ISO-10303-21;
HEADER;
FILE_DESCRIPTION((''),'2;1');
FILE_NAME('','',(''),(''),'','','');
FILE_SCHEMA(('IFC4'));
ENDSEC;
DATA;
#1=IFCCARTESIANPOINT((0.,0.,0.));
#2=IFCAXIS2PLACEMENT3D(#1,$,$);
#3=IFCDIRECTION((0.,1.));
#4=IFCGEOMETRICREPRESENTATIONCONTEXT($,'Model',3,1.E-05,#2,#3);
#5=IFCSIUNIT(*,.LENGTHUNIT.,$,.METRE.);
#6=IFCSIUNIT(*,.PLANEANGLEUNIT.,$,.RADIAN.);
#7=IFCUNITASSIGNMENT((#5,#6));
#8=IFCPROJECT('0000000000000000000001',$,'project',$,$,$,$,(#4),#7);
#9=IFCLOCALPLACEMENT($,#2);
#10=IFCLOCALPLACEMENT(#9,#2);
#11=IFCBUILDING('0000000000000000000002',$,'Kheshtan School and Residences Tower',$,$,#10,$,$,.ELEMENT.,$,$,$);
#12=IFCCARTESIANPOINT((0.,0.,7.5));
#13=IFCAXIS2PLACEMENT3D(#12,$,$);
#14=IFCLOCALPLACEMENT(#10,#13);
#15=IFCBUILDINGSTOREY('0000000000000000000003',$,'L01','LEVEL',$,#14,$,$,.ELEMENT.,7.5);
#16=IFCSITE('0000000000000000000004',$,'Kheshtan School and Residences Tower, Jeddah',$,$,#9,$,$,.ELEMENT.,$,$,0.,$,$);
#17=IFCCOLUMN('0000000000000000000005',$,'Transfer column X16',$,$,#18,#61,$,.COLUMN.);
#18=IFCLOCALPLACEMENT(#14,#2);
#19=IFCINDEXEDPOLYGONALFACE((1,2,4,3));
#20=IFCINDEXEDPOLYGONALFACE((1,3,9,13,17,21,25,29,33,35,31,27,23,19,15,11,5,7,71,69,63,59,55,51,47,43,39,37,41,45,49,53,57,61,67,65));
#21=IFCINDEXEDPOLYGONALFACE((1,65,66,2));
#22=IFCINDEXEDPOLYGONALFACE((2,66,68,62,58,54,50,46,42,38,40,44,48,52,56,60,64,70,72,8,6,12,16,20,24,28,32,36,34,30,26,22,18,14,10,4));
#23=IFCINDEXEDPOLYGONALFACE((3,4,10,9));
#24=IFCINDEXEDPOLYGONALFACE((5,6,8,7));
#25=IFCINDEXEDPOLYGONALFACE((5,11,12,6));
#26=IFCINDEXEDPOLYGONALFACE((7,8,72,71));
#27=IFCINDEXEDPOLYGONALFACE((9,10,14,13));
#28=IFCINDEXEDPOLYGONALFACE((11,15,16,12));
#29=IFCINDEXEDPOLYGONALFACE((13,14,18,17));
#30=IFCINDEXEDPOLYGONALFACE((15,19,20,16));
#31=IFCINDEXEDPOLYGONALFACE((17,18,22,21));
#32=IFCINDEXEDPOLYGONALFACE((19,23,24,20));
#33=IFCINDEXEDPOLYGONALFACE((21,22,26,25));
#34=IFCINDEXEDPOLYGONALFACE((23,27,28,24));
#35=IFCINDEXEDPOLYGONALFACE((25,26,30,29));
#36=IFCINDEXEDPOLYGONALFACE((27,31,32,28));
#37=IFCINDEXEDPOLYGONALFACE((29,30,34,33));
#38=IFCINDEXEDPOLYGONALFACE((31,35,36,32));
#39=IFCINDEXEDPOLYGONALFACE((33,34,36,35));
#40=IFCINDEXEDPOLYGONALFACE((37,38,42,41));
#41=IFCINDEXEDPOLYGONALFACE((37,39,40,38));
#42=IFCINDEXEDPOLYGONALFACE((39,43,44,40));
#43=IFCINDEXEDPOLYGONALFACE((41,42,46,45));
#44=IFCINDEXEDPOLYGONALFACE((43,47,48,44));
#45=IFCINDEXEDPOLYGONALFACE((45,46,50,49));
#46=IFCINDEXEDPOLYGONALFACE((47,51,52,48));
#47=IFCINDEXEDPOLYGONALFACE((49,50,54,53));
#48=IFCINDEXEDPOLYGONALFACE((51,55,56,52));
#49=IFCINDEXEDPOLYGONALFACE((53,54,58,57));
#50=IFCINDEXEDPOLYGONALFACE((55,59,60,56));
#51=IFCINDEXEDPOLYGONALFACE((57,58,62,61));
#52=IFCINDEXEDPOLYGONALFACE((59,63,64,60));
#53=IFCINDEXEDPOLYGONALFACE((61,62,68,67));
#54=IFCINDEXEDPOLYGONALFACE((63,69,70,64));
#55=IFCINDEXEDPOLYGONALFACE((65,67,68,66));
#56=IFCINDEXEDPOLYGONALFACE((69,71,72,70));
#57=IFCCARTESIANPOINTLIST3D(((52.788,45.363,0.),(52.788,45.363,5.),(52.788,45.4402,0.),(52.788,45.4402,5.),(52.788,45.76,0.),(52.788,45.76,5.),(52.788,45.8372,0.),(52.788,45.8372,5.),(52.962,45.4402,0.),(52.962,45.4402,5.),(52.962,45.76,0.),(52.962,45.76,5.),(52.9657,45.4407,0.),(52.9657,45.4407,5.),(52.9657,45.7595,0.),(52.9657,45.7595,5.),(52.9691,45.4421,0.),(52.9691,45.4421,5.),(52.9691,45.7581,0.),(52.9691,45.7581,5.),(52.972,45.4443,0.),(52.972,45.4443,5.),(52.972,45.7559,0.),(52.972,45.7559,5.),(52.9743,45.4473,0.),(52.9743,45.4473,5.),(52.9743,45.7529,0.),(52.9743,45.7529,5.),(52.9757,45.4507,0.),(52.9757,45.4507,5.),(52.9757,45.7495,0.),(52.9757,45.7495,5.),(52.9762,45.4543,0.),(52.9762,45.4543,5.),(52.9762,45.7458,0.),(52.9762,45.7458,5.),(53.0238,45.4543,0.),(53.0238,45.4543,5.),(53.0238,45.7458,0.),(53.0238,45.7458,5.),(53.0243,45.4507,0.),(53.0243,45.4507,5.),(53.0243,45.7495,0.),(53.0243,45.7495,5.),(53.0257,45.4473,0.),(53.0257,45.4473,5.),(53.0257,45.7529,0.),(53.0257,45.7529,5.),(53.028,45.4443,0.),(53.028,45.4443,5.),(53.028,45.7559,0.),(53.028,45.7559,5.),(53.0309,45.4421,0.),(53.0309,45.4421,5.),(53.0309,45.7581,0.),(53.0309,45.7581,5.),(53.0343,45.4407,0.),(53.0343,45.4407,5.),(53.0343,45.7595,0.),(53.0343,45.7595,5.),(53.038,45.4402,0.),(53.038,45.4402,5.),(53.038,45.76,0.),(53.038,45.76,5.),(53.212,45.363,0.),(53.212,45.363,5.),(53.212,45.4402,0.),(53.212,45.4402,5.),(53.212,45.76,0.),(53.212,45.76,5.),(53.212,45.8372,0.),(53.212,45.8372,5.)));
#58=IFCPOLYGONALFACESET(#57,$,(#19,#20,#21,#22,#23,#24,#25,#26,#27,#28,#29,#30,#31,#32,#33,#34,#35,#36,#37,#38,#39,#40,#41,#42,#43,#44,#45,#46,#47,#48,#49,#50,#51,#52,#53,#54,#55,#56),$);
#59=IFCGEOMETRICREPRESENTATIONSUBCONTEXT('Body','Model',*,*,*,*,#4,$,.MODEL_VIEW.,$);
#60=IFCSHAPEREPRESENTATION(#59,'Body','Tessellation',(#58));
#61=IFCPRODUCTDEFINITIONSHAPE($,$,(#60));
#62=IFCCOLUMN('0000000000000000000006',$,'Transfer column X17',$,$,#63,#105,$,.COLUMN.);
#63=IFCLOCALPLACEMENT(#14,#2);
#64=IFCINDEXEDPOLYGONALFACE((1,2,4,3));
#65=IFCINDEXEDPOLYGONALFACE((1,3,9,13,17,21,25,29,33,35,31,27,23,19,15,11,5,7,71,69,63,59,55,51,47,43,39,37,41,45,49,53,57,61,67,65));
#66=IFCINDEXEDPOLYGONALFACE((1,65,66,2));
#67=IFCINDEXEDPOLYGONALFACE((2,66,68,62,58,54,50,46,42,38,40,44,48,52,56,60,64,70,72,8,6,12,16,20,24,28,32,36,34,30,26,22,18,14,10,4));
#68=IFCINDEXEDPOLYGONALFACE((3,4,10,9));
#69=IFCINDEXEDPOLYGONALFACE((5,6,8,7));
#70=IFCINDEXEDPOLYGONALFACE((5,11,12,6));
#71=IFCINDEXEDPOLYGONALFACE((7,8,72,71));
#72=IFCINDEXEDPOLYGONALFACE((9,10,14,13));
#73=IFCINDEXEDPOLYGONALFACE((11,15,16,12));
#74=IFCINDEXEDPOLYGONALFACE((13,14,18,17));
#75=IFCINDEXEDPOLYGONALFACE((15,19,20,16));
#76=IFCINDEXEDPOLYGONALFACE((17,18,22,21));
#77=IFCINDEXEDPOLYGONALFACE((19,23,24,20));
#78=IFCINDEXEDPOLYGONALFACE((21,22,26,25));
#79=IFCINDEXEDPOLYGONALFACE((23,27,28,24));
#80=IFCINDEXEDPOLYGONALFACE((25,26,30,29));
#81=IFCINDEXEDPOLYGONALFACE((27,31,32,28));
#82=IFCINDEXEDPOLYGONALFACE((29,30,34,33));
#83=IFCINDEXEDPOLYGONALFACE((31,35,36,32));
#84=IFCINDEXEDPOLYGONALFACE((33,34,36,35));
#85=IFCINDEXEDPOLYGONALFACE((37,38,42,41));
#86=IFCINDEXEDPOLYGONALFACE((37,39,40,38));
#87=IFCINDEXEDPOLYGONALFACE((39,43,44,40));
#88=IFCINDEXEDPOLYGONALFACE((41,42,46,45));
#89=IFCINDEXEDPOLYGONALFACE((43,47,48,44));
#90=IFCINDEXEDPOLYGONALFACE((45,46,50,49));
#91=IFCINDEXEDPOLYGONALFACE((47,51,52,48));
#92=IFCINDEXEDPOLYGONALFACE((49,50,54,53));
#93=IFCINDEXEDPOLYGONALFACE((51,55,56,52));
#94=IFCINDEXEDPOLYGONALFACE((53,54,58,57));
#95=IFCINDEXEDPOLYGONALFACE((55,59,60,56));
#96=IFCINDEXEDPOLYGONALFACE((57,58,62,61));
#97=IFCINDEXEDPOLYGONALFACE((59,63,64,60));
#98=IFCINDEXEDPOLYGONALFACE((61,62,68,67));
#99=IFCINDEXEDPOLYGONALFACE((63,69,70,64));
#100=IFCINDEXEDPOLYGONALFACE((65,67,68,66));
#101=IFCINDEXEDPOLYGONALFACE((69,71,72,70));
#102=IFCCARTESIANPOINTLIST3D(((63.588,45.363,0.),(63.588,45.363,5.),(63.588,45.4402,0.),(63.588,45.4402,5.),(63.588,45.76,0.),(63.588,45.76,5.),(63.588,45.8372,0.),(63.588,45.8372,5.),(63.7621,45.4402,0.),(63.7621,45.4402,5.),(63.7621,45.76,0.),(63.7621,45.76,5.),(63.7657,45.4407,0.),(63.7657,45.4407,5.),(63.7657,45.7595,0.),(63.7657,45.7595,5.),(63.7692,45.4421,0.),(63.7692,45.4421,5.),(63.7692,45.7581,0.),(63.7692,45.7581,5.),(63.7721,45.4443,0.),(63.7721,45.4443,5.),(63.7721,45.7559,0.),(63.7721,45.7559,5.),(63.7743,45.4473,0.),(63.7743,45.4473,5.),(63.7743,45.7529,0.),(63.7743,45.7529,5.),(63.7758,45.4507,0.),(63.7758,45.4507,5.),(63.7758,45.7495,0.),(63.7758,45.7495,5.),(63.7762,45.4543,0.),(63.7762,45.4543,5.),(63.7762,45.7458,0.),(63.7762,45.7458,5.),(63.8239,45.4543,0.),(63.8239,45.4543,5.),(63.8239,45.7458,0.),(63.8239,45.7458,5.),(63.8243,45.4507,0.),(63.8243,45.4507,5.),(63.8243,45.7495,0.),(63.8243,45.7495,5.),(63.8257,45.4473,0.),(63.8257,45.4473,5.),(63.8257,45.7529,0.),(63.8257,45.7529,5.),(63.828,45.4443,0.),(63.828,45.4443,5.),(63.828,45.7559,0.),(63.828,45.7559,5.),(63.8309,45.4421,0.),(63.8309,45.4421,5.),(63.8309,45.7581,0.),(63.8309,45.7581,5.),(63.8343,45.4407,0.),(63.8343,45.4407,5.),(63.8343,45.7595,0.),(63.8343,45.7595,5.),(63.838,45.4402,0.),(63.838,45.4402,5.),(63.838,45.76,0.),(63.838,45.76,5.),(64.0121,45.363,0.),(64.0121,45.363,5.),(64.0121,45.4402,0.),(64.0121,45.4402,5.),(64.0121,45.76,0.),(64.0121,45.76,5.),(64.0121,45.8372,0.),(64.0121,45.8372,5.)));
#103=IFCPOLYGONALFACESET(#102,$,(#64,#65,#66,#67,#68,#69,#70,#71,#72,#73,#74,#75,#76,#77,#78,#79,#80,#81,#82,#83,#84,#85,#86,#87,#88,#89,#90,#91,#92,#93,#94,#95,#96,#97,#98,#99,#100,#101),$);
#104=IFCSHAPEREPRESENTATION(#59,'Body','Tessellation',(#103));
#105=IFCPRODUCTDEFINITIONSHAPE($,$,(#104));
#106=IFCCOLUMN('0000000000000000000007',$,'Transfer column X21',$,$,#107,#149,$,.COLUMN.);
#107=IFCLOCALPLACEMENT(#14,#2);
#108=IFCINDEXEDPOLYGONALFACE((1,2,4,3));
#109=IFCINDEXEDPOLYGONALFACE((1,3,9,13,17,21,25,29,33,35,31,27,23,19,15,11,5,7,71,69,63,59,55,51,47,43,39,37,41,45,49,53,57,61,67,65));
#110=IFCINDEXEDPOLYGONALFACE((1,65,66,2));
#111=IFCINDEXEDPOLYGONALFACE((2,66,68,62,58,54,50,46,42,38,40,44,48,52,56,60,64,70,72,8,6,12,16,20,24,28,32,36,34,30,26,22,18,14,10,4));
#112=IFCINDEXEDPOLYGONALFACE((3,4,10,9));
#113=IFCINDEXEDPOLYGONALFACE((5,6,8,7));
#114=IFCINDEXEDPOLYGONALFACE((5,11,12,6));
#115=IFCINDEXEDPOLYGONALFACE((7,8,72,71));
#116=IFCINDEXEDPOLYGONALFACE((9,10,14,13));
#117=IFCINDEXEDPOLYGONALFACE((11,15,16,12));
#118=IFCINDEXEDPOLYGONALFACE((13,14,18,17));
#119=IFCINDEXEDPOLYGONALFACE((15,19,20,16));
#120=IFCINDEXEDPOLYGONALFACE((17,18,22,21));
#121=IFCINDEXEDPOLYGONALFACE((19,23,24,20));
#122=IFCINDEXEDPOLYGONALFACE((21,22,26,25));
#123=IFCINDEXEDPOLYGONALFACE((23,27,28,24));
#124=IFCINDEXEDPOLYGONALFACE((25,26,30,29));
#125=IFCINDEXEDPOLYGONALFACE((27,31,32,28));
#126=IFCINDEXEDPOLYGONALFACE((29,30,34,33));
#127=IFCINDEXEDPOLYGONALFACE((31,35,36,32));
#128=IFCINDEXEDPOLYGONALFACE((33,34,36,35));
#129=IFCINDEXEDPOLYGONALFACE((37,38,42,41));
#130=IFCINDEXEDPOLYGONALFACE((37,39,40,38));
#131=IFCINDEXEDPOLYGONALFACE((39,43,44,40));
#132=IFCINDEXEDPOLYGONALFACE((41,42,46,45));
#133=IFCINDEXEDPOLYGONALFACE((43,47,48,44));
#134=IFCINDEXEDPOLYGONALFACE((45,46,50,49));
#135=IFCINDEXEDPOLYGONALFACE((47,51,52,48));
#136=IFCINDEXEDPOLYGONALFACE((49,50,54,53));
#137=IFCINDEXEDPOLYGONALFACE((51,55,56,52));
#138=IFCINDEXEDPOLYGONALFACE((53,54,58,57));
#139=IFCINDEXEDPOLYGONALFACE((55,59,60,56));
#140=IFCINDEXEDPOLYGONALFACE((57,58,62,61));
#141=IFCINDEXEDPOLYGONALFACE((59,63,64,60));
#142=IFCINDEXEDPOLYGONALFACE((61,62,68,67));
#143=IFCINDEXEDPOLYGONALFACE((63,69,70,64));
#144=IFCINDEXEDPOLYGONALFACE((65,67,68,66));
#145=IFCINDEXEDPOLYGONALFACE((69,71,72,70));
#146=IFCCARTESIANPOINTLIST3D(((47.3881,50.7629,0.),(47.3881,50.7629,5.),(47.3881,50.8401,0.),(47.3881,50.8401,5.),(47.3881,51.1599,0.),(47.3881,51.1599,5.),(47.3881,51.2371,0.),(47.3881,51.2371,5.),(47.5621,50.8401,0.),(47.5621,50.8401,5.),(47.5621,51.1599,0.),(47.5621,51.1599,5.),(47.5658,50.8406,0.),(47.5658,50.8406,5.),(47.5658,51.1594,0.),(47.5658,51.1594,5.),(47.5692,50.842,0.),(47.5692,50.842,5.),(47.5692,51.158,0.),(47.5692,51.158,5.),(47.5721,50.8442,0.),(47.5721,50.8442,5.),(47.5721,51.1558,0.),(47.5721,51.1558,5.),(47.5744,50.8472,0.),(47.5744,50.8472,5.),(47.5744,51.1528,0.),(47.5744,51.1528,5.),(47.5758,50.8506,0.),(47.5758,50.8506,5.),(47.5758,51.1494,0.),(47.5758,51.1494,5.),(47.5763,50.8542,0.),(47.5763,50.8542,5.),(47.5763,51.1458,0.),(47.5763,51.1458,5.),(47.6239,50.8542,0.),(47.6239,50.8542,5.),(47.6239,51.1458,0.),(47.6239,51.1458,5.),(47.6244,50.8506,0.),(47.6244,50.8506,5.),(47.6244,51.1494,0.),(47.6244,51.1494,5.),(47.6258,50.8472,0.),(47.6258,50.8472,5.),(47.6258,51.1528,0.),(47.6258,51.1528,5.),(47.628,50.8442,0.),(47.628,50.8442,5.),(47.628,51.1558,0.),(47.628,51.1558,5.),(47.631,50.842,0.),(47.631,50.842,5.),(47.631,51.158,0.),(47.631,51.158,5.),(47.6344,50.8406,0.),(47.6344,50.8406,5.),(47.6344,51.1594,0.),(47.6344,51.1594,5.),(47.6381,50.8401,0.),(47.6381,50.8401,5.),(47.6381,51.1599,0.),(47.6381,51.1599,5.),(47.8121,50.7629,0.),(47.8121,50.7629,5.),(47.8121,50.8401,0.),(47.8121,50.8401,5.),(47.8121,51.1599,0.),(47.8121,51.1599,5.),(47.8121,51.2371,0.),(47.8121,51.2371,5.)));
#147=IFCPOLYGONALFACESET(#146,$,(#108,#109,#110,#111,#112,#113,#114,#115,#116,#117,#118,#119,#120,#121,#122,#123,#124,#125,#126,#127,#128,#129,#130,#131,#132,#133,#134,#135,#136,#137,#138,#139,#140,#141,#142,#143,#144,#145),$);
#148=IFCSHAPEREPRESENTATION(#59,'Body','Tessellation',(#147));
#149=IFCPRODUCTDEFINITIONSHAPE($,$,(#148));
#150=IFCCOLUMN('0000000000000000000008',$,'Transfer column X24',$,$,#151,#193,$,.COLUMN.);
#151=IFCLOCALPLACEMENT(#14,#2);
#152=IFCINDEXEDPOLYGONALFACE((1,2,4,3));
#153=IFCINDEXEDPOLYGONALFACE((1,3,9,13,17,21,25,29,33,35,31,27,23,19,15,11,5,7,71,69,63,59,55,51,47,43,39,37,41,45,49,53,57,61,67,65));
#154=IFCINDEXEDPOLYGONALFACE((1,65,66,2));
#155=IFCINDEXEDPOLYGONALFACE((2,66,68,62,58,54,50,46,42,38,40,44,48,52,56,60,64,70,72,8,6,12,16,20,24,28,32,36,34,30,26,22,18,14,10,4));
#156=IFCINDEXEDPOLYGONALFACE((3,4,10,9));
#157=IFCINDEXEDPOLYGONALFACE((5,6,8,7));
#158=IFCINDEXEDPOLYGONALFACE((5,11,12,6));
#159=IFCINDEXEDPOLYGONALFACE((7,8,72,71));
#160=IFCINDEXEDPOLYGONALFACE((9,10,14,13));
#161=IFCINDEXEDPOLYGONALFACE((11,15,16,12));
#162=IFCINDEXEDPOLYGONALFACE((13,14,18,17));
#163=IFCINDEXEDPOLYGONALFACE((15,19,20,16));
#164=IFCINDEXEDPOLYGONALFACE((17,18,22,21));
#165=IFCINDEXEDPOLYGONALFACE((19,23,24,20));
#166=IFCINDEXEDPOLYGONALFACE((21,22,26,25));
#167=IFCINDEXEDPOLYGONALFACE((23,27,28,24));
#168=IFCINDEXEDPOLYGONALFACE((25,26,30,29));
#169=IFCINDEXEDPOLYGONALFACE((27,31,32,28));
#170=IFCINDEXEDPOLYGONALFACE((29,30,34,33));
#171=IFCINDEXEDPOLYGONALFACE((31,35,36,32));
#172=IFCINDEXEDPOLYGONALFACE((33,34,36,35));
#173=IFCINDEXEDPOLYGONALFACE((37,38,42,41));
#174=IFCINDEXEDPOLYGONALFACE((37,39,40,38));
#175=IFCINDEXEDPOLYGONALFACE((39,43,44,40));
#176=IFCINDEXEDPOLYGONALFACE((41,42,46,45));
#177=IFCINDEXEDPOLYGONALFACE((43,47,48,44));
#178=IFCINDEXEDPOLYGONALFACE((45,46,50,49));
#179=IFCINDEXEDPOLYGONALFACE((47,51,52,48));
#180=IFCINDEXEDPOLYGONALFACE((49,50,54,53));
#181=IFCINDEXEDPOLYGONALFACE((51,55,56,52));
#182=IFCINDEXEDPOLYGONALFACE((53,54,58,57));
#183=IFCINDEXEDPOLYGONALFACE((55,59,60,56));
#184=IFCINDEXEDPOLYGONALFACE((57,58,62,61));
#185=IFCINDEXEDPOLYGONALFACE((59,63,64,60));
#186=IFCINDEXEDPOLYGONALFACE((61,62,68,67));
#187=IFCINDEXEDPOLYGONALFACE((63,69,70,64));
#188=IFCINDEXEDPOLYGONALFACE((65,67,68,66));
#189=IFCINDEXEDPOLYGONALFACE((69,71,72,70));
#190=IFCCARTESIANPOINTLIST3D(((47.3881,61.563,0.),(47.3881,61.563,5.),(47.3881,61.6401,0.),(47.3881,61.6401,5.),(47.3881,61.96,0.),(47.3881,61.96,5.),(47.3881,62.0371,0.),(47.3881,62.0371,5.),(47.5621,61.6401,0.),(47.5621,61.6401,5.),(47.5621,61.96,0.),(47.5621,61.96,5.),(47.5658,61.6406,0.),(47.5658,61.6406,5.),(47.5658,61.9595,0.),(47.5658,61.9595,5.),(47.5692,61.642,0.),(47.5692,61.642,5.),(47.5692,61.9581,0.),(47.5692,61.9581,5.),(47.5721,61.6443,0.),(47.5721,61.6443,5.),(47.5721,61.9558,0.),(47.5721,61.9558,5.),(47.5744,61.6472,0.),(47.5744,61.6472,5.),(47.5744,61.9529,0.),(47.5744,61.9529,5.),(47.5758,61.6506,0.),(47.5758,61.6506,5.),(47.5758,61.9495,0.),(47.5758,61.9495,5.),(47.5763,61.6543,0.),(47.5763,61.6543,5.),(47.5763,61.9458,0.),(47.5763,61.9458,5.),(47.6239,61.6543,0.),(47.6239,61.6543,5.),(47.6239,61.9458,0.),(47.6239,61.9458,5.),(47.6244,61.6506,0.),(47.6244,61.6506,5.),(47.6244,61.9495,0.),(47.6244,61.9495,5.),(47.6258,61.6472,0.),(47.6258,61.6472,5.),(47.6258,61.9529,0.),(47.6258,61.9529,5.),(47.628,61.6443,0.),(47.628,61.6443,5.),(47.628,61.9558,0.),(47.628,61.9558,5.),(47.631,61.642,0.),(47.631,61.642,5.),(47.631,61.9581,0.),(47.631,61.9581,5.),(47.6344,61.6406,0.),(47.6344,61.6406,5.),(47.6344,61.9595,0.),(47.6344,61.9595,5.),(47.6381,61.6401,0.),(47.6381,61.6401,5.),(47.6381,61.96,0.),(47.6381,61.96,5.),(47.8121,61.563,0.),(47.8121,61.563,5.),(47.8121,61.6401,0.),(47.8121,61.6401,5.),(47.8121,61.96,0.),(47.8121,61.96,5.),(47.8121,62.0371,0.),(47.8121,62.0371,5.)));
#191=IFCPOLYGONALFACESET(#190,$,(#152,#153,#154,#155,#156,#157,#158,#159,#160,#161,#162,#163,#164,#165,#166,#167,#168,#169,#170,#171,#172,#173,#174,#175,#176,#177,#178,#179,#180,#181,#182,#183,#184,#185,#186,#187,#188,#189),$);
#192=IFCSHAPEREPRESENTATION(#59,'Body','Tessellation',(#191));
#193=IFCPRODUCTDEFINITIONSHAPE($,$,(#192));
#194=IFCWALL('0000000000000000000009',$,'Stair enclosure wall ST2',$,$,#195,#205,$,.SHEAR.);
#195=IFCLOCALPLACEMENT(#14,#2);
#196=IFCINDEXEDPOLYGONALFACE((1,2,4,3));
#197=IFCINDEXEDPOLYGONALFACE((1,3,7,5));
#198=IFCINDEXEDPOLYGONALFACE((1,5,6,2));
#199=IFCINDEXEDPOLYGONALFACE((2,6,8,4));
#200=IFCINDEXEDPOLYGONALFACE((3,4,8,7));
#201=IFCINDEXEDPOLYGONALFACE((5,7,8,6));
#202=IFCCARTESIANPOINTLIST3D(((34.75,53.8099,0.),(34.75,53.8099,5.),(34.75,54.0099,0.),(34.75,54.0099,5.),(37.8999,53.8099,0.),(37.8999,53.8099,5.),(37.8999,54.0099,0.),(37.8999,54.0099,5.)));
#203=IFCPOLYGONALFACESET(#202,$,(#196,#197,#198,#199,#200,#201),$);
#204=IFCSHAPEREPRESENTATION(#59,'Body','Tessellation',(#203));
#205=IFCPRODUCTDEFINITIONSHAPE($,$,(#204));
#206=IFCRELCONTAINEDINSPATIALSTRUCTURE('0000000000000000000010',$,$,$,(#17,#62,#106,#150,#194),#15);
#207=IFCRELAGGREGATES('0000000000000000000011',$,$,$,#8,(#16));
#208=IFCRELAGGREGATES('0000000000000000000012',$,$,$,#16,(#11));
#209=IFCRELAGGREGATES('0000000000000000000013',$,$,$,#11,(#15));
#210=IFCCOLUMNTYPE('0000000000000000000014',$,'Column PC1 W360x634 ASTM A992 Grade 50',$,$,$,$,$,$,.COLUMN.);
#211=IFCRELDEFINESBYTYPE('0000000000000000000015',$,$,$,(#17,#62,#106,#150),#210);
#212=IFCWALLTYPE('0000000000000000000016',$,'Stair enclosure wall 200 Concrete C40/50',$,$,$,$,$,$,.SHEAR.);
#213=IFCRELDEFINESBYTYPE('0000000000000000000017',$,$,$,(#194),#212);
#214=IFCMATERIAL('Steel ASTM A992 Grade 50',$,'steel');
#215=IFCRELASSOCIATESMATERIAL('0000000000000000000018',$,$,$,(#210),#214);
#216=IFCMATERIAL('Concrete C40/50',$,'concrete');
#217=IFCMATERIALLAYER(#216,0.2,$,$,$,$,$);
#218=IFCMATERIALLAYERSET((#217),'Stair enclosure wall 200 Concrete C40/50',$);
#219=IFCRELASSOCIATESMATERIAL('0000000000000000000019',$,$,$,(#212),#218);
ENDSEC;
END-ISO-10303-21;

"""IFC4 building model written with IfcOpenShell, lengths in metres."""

from ifc_helpers import new_model, si_unit, direction, frame, frame_2d, origin, origin_2d, place, context, subcontext, project, spatial, rectangle, i_section, extrude, material, layer, layer_set, material_profile, profile_set, type_object, element, save


model = new_model("IFC4")

# Units and contexts
model_context = context("Model", 3, precision=1e-05, world=origin(), true_north=direction((0.0, 1.0)))
body_context = subcontext(model_context, "Body", "Model", "MODEL_VIEW")
ifc_project = project(units=[si_unit("LENGTHUNIT", "METRE"), si_unit("PLANEANGLEUNIT", "RADIAN")], contexts=[model_context])

# Site, building, storey
site_placement = place(None, origin())
site = spatial("IfcSite", under=ifc_project, at=site_placement, Name="Kheshtan School and Residences Tower, Jeddah", CompositionType="ELEMENT", RefElevation=0.0)
building_placement = place(site_placement, origin())
building = spatial("IfcBuilding", under=site, at=building_placement, Name="Kheshtan School and Residences Tower", CompositionType="ELEMENT")
storey_placement = place(building_placement, frame((0.0, 0.0, 7.5)))
storey = spatial("IfcBuildingStorey", under=building, at=storey_placement, Name="L01", Description="LEVEL", CompositionType="ELEMENT", Elevation=7.5)

# Columns
ifc_material_1 = material(Name="Steel ASTM A992 Grade 50", Category="steel")
ifc_material_profile = material_profile(ifc_material_1, i_section(OverallWidth=0.4241, OverallDepth=0.4741, WebThickness=0.0476, FlangeThickness=0.0771, FilletRadius=0.0142, at=origin_2d()), Name="W360x634")
ifc_profile_set = profile_set([ifc_material_profile], Name="Steel ASTM A992 Grade 50")
column_type = type_object("IfcColumnType", Name="Column PC1 W360x634 ASTM A992 Grade 50", PredefinedType="COLUMN", material=ifc_profile_set)
for number, where, z_axis, x_axis, name in (
    (1, (53.0, 45.6001, 0.0), (0.0, 0.0, 1.0), (1.0, 0.0, 0.0), "Transfer column X16"),
    (2, (63.8, 45.6001, 0.0), (0.0, 0.0, 1.0), (1.0, 0.0, 0.0), "Transfer column X17"),
    (3, (47.6001, 51.0, 0.0), (0.0, 0.0, 1.0), (1.0, 0.0, 0.0), "Transfer column X21"),
    (4, (47.6001, 61.8, 0.0), (0.0, 0.0, 1.0), (1.0, 0.0, 0.0), "Transfer column X24"),
):
    element("IfcColumn", number, at=place(storey_placement, frame(where, z_axis=z_axis, x_axis=x_axis)), inside=storey, type_object=column_type, Name=name, PredefinedType="COLUMN", context=body_context, shape_type="SweptSolid", body=[
        extrude(i_section(OverallWidth=0.4241, OverallDepth=0.4741, WebThickness=0.0476, FlangeThickness=0.0771, FilletRadius=0.0142, at=origin_2d()), origin(), (0.0, 0.0, 1.0), 5.0),
    ])

# Wall
ifc_material_2 = material(Name="Concrete C40/50", Category="concrete")
ifc_layer_1 = layer(ifc_material_2, 0.2)
ifc_layer_set_1 = layer_set([ifc_layer_1], Name="Stair enclosure wall 200 Concrete C40/50")
wall_type = type_object("IfcWallType", Name="Stair enclosure wall 200 Concrete C40/50", PredefinedType="SHEAR", material=ifc_layer_set_1)
wall_placement = place(storey_placement, frame((34.75, 53.9099, 0.0), z_axis=(0.0, 0.0, 1.0), x_axis=(1.0, 0.0, 0.0)))
element("IfcWall", 5, at=wall_placement, inside=storey, type_object=wall_type, Name="Stair enclosure wall ST2", PredefinedType="SHEAR", context=body_context, shape_type="SweptSolid", body=[
    extrude(rectangle(XDim=3.1499, YDim=0.2, at=frame_2d((1.575, 0.0))), origin(), (0.0, 0.0, 1.0), 5.0),
])

save(model, "model.ifc")
